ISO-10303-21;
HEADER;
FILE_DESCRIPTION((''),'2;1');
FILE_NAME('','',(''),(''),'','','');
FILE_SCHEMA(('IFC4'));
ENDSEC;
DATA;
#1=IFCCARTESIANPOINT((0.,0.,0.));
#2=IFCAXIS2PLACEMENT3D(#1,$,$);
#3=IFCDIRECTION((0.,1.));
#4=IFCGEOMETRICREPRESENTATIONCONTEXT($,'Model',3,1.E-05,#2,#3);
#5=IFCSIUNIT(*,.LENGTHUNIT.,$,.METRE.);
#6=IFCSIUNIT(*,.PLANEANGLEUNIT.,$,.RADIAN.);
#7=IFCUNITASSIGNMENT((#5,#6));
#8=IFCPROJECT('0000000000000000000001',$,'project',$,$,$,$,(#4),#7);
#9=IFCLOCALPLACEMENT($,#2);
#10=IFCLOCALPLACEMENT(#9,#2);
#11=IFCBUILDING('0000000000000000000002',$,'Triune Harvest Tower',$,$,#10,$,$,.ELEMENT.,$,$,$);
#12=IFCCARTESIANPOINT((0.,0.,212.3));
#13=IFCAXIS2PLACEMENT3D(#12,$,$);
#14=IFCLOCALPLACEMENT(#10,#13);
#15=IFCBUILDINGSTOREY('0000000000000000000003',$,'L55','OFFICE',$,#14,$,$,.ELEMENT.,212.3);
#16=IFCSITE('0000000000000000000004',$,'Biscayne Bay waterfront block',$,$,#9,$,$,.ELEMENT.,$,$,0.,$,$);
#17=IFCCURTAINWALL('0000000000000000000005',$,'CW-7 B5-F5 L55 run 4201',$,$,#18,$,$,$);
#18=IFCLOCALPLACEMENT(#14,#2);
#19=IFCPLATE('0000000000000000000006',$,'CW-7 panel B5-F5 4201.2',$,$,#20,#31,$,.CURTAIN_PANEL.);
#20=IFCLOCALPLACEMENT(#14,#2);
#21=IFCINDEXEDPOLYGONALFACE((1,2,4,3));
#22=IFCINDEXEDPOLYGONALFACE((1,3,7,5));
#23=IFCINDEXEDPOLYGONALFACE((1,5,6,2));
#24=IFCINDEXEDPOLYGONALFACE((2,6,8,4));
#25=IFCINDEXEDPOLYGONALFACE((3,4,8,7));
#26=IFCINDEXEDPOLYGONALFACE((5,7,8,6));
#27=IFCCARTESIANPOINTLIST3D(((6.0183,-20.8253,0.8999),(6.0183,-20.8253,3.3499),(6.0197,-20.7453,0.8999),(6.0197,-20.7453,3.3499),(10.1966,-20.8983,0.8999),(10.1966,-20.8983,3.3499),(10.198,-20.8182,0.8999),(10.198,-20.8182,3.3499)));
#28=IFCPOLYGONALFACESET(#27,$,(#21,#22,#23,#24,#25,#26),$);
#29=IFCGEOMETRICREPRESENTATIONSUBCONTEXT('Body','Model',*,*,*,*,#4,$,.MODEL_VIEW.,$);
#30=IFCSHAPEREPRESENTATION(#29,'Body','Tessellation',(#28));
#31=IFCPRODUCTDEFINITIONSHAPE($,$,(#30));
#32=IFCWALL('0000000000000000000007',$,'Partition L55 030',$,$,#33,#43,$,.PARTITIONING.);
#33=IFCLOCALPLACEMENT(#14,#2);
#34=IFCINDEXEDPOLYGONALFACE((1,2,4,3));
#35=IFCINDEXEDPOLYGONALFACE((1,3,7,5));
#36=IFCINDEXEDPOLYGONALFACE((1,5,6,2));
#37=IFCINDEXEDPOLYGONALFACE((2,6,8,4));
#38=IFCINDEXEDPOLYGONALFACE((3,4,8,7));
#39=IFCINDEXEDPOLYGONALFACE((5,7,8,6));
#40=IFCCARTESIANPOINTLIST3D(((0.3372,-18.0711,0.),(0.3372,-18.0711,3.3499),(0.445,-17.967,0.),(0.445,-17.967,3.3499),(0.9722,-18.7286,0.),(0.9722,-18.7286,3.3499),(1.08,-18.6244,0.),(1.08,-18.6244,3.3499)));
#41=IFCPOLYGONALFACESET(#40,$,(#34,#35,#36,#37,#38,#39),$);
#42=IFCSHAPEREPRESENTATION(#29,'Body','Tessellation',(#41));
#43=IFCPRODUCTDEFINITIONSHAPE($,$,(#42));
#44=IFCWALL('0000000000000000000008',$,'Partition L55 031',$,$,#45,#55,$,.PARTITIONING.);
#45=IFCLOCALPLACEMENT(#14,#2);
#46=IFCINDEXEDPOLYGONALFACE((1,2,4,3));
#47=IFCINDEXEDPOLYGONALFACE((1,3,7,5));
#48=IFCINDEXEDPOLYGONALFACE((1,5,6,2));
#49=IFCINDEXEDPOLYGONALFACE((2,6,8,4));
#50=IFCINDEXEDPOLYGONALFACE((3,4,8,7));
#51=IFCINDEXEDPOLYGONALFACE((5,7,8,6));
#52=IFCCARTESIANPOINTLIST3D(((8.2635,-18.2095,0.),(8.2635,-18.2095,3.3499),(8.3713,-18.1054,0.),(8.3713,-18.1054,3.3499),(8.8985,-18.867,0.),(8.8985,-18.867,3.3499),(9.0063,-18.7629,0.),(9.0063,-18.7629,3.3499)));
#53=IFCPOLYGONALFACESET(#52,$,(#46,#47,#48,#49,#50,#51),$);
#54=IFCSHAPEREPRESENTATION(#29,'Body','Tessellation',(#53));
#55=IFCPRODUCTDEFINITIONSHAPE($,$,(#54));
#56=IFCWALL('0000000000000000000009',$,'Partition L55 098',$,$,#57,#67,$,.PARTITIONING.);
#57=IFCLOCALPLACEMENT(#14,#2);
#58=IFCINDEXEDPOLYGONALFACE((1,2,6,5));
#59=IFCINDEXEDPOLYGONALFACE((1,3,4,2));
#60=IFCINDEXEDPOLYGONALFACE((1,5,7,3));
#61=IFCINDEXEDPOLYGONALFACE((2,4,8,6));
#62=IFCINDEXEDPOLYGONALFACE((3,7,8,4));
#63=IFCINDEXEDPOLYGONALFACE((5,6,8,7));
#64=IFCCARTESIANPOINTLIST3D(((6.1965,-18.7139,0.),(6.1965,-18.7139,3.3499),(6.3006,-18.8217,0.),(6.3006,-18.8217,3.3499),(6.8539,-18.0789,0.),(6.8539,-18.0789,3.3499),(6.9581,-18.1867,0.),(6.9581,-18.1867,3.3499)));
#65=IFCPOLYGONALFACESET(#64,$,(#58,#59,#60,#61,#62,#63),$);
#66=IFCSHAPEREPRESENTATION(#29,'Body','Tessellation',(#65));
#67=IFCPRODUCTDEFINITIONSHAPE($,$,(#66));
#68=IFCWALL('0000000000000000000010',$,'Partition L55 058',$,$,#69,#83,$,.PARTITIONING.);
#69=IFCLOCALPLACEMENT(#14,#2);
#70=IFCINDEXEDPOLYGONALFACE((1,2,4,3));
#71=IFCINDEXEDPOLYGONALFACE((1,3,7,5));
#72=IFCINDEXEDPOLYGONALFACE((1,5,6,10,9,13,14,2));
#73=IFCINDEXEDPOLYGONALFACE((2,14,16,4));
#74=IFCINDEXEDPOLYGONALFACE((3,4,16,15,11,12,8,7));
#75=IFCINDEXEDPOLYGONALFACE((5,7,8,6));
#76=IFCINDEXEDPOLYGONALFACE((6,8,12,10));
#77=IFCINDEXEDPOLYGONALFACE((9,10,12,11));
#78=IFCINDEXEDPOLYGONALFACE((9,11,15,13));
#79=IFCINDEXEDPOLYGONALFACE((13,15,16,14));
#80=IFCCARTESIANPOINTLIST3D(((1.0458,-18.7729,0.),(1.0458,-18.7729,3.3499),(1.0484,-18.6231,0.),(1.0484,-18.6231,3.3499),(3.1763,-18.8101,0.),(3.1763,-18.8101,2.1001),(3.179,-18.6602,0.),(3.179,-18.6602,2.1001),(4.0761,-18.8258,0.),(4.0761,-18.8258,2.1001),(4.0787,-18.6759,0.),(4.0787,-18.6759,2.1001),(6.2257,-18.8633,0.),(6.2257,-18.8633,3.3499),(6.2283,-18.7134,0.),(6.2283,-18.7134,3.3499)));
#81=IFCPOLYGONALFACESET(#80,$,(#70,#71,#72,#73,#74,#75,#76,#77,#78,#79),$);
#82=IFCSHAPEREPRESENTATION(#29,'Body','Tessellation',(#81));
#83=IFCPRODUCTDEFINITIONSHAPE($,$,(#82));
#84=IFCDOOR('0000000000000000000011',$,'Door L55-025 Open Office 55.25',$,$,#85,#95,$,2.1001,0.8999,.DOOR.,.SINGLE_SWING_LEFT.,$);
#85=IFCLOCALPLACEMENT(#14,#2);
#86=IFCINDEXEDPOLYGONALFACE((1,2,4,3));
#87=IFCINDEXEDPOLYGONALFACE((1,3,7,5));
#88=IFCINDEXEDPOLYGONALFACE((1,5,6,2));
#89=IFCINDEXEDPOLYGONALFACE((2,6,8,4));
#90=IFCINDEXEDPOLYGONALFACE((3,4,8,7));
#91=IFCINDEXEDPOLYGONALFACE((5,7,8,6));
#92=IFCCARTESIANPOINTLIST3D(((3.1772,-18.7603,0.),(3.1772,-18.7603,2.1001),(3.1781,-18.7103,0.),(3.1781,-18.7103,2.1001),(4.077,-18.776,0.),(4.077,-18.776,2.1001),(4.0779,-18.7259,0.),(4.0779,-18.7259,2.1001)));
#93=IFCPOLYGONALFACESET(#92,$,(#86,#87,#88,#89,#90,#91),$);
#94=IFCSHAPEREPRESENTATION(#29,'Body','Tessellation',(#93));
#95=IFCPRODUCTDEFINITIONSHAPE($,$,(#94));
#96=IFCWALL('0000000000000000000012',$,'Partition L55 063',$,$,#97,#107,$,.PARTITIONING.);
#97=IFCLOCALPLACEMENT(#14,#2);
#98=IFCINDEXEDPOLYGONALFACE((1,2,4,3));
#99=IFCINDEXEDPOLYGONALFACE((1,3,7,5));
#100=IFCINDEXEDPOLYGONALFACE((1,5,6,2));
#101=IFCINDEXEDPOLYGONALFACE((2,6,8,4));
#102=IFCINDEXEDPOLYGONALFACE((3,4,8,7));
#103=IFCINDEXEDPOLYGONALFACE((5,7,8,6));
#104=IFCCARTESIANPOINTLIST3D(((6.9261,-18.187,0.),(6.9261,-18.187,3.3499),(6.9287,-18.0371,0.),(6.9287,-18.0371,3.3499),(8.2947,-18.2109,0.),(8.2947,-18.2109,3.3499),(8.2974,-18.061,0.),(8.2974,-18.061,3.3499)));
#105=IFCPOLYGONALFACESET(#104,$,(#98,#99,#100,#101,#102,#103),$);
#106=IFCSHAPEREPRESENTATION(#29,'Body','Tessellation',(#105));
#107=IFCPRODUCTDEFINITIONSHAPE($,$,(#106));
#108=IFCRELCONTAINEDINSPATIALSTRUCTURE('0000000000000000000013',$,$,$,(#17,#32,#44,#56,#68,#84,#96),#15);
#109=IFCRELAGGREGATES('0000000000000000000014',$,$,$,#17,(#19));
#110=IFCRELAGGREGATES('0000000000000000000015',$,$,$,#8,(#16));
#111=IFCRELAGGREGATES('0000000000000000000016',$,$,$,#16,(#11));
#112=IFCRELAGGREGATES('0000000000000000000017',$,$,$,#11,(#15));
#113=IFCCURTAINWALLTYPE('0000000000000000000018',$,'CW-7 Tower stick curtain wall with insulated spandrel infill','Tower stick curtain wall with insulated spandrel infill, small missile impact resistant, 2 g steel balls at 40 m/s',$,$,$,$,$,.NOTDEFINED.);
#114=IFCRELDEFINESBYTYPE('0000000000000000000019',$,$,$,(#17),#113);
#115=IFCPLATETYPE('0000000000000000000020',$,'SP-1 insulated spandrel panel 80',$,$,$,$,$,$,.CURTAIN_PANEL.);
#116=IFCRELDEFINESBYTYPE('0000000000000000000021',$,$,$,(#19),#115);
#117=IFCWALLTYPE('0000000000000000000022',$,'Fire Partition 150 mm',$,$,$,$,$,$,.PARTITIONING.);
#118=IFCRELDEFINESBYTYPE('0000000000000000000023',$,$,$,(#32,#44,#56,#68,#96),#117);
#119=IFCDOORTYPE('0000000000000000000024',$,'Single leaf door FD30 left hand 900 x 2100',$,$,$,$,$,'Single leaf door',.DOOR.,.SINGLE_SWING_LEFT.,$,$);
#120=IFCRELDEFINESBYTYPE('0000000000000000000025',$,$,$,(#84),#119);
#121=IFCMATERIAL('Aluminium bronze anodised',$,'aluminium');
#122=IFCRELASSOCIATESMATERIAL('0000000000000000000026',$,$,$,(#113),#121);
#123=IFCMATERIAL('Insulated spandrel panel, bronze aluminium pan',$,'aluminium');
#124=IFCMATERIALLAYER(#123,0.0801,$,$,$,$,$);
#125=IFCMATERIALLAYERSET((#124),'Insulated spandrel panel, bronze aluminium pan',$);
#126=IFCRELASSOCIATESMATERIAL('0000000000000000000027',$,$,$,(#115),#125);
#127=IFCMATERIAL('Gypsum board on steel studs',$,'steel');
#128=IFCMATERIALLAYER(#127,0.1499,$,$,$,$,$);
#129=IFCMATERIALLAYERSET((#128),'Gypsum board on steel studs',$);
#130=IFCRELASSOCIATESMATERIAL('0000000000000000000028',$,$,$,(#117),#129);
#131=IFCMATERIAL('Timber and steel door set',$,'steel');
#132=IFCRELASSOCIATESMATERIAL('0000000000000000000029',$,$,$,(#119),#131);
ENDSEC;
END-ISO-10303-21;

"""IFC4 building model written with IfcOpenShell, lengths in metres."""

from ifc_helpers import new_model, si_unit, direction, frame, frame_2d, origin, origin_2d, place, context, subcontext, project, spatial, rectangle, extrude, source, transform, mapped, material, layer, layer_set, type_object, element, fill, aggregate, save


model = new_model("IFC4")

# Units and contexts
model_context = context("Model", 3, precision=1e-05, world=origin(), true_north=direction((0.0, 1.0)))
body_context = subcontext(model_context, "Body", "Model", "MODEL_VIEW")
ifc_project = project(units=[si_unit("LENGTHUNIT", "METRE"), si_unit("PLANEANGLEUNIT", "RADIAN")], contexts=[model_context])

# Site, building, storey
site_placement = place(None, origin())
site = spatial("IfcSite", under=ifc_project, at=site_placement, Name="Biscayne Bay waterfront block", CompositionType="ELEMENT", RefElevation=0.0)
building_placement = place(site_placement, origin())
building = spatial("IfcBuilding", under=site, at=building_placement, Name="Triune Harvest Tower", CompositionType="ELEMENT")
storey_placement = place(building_placement, frame((0.0, 0.0, 212.3)))
storey = spatial("IfcBuildingStorey", under=building, at=storey_placement, Name="L55", Description="OFFICE", CompositionType="ELEMENT", Elevation=212.3)

# Curtain wall, plate
ifc_material_1 = material(Name="Aluminium bronze anodised", Category="aluminium")
curtain_wall_type_1 = type_object("IfcCurtainWallType", Name="CW-7 Tower stick curtain wall with insulated spandrel infill", Description="Tower stick curtain wall with insulated spandrel infill, small missile impact resistant, 2 g steel balls at 40 m/s", PredefinedType="NOTDEFINED", material=ifc_material_1)
curtain_wall_1_placement = place(storey_placement, origin())
curtain_wall_1 = element("IfcCurtainWall", 1, at=curtain_wall_1_placement, inside=storey, type_object=curtain_wall_type_1, Name="CW-7 B5-F5 L55 run 4201")
ifc_material_2 = material(Name="Insulated spandrel panel, bronze aluminium pan", Category="aluminium")
ifc_layer_1 = layer(ifc_material_2, 0.0801)
ifc_layer_set_1 = layer_set([ifc_layer_1], Name="Insulated spandrel panel, bronze aluminium pan")
plate_type = type_object("IfcPlateType", Name="SP-1 insulated spandrel panel 80", PredefinedType="CURTAIN_PANEL", material=ifc_layer_set_1)
shared_shape_1 = source(origin(), body_context, "Body", "SweptSolid", [
    extrude(rectangle(XDim=4.179, YDim=0.0801, at=origin_2d()), origin(), (0.0, 0.0, 1.0), 2.45),
])
plate_1_placement = place(storey_placement, frame((8.1082, -20.8218, 0.8999), z_axis=(0.0, 0.0, 1.0), x_axis=(0.999848, -0.017454, 0.0)))
plate_1 = element("IfcPlate", 2, at=plate_1_placement, type_object=plate_type, Name="CW-7 panel B5-F5 4201.2", PredefinedType="CURTAIN_PANEL", context=body_context, shape_type="MappedRepresentation", body=[
    mapped(shared_shape_1, transform((0.0, 0.0, 0.0), scale=1.0)),
])
aggregate(curtain_wall_1, [plate_1])

# Walls
ifc_material_3 = material(Name="Gypsum board on steel studs", Category="steel")
ifc_layer_2 = layer(ifc_material_3, 0.1499)
ifc_layer_set_2 = layer_set([ifc_layer_2], Name="Gypsum board on steel studs")
wall_type = type_object("IfcWallType", Name="Fire Partition 150 mm", PredefinedType="PARTITIONING", material=ifc_layer_set_2)
shared_shape_2 = source(origin(), body_context, "Body", "SweptSolid", [
    extrude(rectangle(XDim=0.9141, YDim=0.1499, at=frame_2d((0.457, 0.0))), origin(), (0.0, 0.0, 1.0), 3.3499),
])
for number, where, z_axis, x_axis, name in (
    (3, (0.3911, -18.019, 0.0), (0.0, 0.0, 1.0), (0.694714, -0.719286, 0.0), "Partition L55 030"),
    (4, (8.3174, -18.1575, 0.0), (0.0, 0.0, 1.0), (0.694714, -0.719286, 0.0), "Partition L55 031"),
    (5, (6.2485, -18.7678, 0.0), (0.0, 0.0, 1.0), (0.719286, 0.694714, 0.0), "Partition L55 098"),
):
    element("IfcWall", number, at=place(storey_placement, frame(where, z_axis=z_axis, x_axis=x_axis)), inside=storey, type_object=wall_type, Name=name, PredefinedType="PARTITIONING", context=body_context, shape_type="MappedRepresentation", body=[
        mapped(shared_shape_2, transform((0.0, 0.0, 0.0), scale=1.0)),
    ])

# Wall, opening, door
shared_shape_3 = source(origin(), body_context, "Body", "SweptSolid", [
    extrude(rectangle(XDim=5.1807, YDim=0.1499, at=frame_2d((2.5903, 0.0))), origin(), (0.0, 0.0, 1.0), 3.3499),
])
wall_1_placement = place(storey_placement, frame((1.0471, -18.698, 0.0), z_axis=(0.0, 0.0, 1.0), x_axis=(0.999848, -0.017436, 0.0)))
wall_1 = element("IfcWall", 6, at=wall_1_placement, inside=storey, type_object=wall_type, Name="Partition L55 058", PredefinedType="PARTITIONING", context=body_context, shape_type="MappedRepresentation", body=[
    mapped(shared_shape_3, transform((0.0, 0.0, 0.0), scale=1.0)),
])
opening_placement = place(wall_1_placement, frame((2.1309, 0.0, 0.0)))
opening = element("IfcOpeningElement", 7, at=opening_placement, cuts=wall_1, PredefinedType="OPENING", context=body_context, shape_type="SweptSolid", body=[
    extrude(rectangle(XDim=0.8999, YDim=2.1001, at=frame_2d((0.45, 1.05))), frame((0.0, 0.085, 0.0), z_axis=(0.0, -1.0, 0.0), x_axis=(1.0, 0.0, 0.0)), (0.0, 0.0, 1.0), 0.1699),
])
ifc_material_4 = material(Name="Timber and steel door set", Category="steel")
door_type = type_object("IfcDoorType", Name="Single leaf door FD30 left hand 900 x 2100", ElementType="Single leaf door", OperationType="SINGLE_SWING_LEFT", PredefinedType="DOOR", material=ifc_material_4)
door_placement = place(opening_placement, origin())
door = element("IfcDoor", 8, at=door_placement, inside=storey, type_object=door_type, Name="Door L55-025 Open Office 55.25", OperationType="SINGLE_SWING_LEFT", OverallHeight=2.1001, OverallWidth=0.8999, PredefinedType="DOOR", context=body_context, shape_type="SweptSolid", body=[
    extrude(rectangle(XDim=0.8999, YDim=2.1001, at=frame_2d((0.45, 1.05))), frame((0.0, 0.0249, 0.0), z_axis=(0.0, -1.0, 0.0), x_axis=(1.0, 0.0, 0.0)), (0.0, 0.0, 1.0), 0.05),
])
fill(opening, door)

# Wall
shared_shape_4 = source(origin(), body_context, "Body", "SweptSolid", [
    extrude(rectangle(XDim=1.3689, YDim=0.1499, at=frame_2d((0.6846, 0.0))), origin(), (0.0, 0.0, 1.0), 3.3499),
])
wall_2_placement = place(storey_placement, frame((6.9272, -18.1121, 0.0), z_axis=(0.0, 0.0, 1.0), x_axis=(0.999847, -0.017479, 0.0)))
element("IfcWall", 9, at=wall_2_placement, inside=storey, type_object=wall_type, Name="Partition L55 063", PredefinedType="PARTITIONING", context=body_context, shape_type="MappedRepresentation", body=[
    mapped(shared_shape_4, transform((0.0, 0.0, 0.0), scale=1.0)),
])

save(model, "model.ifc")
